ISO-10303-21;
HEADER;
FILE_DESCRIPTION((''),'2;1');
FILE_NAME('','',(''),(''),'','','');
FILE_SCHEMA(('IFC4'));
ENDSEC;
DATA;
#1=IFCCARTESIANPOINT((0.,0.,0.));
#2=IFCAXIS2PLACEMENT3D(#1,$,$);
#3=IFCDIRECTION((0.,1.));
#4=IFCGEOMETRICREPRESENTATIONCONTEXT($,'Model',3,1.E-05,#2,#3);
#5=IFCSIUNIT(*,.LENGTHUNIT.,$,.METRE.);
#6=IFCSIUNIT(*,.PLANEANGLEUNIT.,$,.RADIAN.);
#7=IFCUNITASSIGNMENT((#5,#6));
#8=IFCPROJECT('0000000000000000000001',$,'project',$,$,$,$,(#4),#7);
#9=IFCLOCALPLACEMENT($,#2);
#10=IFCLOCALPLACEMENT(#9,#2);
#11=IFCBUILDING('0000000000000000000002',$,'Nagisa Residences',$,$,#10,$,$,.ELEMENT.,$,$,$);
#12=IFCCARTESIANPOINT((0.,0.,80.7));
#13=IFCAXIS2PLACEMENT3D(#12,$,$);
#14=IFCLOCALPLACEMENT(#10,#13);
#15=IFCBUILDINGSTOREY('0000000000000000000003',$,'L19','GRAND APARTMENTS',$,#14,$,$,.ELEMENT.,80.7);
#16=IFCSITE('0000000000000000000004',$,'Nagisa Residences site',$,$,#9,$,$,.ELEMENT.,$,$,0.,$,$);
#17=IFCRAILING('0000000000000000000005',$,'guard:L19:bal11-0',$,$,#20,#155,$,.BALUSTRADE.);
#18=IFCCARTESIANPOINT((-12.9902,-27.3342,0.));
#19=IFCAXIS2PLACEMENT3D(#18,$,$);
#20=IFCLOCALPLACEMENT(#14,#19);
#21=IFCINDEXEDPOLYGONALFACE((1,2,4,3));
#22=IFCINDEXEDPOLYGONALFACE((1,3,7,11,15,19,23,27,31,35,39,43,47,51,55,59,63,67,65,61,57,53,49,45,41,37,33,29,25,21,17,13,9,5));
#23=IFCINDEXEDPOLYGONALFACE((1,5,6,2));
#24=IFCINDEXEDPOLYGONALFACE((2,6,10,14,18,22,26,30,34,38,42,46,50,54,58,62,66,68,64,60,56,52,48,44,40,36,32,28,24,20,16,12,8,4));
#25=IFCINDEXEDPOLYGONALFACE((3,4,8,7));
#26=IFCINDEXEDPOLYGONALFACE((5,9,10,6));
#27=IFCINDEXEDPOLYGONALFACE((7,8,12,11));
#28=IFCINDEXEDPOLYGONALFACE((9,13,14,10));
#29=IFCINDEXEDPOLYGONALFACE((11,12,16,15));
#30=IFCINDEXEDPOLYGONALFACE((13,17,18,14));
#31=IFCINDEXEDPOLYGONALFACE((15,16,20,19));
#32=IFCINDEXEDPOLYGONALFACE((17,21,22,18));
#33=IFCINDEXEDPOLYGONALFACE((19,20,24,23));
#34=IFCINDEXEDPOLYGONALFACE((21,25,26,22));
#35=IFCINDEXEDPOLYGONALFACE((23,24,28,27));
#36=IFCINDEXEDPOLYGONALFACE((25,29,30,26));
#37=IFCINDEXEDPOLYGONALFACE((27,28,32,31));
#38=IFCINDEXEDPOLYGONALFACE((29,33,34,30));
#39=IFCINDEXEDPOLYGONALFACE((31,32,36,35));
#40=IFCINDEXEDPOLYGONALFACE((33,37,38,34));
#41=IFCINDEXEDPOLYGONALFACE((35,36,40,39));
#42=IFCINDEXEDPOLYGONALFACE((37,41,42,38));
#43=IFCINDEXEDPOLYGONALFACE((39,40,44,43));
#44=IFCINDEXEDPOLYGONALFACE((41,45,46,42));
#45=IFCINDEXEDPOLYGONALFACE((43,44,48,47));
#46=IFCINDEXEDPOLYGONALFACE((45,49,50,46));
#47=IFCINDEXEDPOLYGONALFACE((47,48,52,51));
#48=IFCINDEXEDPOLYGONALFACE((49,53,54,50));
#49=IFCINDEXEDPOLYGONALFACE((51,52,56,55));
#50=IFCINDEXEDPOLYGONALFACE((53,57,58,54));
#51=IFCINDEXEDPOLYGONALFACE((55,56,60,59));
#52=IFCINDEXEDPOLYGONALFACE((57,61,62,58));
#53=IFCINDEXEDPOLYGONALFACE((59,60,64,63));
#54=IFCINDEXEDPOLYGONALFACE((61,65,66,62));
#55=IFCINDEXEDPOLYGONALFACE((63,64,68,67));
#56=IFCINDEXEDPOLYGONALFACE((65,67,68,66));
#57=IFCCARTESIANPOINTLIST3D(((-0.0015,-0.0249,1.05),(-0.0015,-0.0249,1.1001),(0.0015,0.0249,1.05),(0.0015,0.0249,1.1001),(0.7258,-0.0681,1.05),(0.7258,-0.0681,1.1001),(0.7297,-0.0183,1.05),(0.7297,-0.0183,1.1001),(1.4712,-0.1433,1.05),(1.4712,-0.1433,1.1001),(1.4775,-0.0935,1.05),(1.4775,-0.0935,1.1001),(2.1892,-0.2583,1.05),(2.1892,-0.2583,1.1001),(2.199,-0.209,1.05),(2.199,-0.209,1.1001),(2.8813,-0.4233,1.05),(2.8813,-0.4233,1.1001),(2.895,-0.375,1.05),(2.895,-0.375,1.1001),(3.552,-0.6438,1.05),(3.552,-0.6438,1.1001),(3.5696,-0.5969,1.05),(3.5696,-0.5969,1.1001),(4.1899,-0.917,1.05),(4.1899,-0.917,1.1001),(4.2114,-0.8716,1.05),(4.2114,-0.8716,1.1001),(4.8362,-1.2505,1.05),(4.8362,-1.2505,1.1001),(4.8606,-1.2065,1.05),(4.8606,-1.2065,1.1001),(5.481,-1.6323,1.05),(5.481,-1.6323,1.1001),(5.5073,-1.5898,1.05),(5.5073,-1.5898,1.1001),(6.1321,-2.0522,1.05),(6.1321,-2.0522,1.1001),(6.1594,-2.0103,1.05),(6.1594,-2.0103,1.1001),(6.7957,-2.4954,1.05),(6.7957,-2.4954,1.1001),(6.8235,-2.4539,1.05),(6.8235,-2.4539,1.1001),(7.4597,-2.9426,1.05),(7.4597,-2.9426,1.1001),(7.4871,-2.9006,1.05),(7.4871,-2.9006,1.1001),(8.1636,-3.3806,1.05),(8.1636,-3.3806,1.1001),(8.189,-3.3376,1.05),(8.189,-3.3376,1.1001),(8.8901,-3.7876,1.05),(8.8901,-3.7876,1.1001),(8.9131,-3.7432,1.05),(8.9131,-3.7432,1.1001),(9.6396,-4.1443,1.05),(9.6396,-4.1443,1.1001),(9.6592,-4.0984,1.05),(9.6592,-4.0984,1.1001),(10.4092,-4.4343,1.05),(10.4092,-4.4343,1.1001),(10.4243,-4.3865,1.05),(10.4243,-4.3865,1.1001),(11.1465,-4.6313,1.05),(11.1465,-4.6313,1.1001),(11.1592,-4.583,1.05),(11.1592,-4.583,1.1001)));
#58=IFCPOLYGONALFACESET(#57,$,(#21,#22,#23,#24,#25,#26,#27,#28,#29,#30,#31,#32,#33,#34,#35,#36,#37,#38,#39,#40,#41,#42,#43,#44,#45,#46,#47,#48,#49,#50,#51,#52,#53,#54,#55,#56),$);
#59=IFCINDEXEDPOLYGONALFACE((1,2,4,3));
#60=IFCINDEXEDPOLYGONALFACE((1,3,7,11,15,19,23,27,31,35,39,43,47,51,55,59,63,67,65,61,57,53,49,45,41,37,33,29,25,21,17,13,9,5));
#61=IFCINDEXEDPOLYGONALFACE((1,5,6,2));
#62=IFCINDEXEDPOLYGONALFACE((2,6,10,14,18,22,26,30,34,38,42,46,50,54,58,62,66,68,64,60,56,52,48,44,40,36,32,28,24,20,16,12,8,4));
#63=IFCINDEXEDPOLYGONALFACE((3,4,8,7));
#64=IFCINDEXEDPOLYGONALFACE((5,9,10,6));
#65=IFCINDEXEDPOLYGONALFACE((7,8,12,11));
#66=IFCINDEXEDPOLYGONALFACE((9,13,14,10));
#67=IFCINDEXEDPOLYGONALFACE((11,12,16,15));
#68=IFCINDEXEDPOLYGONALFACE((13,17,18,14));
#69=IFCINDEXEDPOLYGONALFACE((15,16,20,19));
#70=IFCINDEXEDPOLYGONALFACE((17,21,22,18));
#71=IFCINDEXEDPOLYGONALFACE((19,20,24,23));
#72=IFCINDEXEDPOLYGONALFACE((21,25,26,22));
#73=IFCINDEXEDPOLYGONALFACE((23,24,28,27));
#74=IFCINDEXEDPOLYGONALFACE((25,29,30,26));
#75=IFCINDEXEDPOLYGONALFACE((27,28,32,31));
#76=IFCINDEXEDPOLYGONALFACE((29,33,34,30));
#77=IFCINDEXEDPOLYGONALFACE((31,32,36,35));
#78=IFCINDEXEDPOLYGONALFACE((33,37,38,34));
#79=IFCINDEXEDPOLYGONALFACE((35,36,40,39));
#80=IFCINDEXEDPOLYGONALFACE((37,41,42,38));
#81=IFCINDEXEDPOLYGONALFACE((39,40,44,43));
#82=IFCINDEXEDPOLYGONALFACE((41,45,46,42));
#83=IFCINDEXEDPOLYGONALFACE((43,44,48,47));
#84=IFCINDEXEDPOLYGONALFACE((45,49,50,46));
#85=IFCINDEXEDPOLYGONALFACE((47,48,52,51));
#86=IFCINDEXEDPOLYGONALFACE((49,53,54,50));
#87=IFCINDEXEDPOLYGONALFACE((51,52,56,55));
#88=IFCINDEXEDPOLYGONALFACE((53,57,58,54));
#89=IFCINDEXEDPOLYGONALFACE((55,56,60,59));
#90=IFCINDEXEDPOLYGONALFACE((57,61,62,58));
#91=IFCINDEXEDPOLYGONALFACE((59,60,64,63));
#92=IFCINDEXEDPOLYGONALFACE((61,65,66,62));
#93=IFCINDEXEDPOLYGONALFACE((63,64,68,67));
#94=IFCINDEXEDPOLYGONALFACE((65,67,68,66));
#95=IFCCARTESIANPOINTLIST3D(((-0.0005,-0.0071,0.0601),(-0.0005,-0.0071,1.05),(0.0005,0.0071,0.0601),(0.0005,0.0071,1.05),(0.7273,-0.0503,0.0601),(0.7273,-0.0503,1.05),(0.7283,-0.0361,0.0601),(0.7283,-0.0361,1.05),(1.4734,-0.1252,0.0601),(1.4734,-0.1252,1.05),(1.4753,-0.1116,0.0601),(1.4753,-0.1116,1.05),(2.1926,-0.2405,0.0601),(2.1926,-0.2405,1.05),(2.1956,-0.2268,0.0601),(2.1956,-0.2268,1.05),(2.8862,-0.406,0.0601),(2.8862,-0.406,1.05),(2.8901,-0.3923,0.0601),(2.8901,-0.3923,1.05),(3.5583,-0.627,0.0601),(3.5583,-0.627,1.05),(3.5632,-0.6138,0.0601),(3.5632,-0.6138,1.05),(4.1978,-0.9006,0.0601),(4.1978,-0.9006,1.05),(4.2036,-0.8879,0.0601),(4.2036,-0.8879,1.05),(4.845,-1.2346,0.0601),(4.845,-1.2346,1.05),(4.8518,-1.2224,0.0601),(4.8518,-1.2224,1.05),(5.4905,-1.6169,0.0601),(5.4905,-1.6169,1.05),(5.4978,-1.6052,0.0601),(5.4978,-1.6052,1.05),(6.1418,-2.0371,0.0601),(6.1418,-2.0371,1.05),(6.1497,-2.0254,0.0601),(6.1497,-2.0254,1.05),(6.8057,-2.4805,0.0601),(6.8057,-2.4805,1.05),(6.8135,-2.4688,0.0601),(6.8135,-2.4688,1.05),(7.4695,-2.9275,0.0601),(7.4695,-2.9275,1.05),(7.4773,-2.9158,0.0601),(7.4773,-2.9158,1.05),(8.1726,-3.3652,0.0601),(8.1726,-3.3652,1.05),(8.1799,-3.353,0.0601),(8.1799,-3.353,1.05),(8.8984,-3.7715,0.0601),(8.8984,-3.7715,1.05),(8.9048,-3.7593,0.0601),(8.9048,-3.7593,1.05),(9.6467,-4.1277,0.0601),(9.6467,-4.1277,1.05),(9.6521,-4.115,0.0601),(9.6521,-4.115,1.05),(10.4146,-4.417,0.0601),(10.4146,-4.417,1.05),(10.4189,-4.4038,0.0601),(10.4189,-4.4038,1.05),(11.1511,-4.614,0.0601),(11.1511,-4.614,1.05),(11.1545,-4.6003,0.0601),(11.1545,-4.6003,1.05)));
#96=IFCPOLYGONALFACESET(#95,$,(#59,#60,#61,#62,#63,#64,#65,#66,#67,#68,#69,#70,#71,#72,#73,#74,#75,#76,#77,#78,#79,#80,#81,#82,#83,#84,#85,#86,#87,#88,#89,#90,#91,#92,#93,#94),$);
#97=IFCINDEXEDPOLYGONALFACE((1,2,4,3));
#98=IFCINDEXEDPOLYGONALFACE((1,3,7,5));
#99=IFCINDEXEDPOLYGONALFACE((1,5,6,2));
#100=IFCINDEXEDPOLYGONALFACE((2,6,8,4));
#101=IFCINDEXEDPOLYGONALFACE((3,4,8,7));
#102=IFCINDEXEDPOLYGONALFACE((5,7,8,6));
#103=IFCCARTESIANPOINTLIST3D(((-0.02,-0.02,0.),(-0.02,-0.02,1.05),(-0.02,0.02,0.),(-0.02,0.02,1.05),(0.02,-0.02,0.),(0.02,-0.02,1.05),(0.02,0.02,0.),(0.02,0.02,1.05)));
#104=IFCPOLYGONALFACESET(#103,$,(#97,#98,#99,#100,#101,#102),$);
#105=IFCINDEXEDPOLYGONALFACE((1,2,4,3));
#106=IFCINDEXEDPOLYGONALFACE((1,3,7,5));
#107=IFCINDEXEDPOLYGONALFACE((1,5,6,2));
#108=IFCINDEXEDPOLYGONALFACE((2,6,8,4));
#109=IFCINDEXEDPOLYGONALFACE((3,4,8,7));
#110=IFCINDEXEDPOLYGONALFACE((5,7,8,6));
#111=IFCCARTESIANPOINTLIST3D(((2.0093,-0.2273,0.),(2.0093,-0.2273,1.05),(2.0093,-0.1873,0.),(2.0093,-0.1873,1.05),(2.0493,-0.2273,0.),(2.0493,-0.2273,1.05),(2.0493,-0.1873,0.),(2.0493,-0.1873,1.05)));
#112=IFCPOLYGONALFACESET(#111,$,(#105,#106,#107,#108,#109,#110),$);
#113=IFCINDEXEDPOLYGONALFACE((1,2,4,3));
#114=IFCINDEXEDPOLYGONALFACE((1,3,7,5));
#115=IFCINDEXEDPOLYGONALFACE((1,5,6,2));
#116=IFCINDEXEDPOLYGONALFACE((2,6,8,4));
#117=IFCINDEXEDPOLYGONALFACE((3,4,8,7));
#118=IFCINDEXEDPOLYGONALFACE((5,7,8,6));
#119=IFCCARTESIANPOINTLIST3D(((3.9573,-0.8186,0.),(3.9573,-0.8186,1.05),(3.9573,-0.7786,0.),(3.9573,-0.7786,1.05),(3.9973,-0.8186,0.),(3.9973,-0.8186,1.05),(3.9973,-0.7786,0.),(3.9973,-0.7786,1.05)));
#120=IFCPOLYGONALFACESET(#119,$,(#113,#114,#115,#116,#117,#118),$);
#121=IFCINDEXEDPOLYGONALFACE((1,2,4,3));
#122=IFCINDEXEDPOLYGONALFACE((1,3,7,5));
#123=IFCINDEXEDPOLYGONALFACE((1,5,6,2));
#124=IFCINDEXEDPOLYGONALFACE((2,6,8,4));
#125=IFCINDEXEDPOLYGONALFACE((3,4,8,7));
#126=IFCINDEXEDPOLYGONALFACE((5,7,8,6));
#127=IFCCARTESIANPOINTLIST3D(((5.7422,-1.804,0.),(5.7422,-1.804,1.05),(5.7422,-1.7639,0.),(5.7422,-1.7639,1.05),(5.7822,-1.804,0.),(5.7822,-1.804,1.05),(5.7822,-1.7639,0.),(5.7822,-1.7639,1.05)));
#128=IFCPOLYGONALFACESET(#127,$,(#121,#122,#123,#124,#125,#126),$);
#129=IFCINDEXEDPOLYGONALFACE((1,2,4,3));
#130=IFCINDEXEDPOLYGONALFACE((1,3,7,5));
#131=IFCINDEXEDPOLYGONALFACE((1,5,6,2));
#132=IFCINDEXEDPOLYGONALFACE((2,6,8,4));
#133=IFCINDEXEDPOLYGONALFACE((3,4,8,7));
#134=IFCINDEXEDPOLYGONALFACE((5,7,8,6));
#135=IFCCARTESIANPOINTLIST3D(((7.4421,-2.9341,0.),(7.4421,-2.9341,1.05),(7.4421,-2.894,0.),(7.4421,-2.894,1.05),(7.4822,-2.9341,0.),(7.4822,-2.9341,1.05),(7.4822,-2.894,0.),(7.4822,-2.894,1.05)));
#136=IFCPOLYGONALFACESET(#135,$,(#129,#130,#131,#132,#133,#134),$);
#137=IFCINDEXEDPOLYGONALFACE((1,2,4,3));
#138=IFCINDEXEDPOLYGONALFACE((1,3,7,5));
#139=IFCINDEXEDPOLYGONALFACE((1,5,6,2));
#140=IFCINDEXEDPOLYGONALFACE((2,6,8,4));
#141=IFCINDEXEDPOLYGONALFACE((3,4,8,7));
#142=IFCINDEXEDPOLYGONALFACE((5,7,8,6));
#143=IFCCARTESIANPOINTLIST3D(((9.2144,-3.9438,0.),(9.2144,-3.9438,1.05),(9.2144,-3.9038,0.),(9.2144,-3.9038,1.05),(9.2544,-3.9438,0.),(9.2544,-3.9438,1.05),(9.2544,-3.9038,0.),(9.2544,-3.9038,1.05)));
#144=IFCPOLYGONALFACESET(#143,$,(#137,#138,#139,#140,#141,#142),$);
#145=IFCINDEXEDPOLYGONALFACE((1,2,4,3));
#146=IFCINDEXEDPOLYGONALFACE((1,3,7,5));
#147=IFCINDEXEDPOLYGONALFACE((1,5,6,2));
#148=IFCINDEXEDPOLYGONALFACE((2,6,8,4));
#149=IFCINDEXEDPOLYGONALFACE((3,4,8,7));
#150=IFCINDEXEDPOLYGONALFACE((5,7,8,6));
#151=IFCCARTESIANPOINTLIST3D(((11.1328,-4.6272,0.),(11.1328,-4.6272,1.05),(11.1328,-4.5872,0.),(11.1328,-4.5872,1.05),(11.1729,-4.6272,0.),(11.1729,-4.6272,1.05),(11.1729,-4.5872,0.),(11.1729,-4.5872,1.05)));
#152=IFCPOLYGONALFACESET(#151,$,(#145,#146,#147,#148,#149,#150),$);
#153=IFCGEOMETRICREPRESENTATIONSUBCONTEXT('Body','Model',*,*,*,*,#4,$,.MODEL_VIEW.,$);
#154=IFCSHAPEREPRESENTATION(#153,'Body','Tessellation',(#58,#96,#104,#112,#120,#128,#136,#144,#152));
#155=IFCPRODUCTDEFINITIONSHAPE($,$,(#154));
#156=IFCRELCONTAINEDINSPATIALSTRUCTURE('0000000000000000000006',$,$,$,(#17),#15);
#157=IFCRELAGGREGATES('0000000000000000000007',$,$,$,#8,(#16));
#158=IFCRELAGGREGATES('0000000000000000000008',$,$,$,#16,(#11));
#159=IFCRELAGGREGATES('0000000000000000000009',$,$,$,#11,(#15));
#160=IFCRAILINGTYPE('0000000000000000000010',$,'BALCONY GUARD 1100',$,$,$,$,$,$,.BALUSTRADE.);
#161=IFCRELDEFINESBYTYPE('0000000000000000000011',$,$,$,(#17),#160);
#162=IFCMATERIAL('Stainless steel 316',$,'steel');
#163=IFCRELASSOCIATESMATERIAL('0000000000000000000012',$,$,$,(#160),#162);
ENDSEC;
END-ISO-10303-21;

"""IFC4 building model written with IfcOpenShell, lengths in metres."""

from ifc_helpers import new_model, si_unit, direction, frame, origin, origin_2d, place, context, subcontext, project, spatial, polyline, rectangle, outline, extrude, material, type_object, element, save


model = new_model("IFC4")

# Units and contexts
model_context = context("Model", 3, precision=1e-05, world=origin(), true_north=direction((0.0, 1.0)))
body_context = subcontext(model_context, "Body", "Model", "MODEL_VIEW")
ifc_project = project(units=[si_unit("LENGTHUNIT", "METRE"), si_unit("PLANEANGLEUNIT", "RADIAN")], contexts=[model_context])

# Site, building, storey
site_placement = place(None, origin())
site = spatial("IfcSite", under=ifc_project, at=site_placement, Name="Nagisa Residences site", CompositionType="ELEMENT", RefElevation=0.0)
building_placement = place(site_placement, origin())
building = spatial("IfcBuilding", under=site, at=building_placement, Name="Nagisa Residences", CompositionType="ELEMENT")
storey_placement = place(building_placement, frame((0.0, 0.0, 80.7)))
storey = spatial("IfcBuildingStorey", under=building, at=storey_placement, Name="L19", Description="GRAND APARTMENTS", CompositionType="ELEMENT", Elevation=80.7)

# Railing
ifc_material_1 = material(Name="Stainless steel 316", Category="steel")
railing_type = type_object("IfcRailingType", Name="BALCONY GUARD 1100", PredefinedType="BALUSTRADE", material=ifc_material_1)
railing_1_placement = place(storey_placement, frame((-12.9902, -27.3342, 0.0)))
element("IfcRailing", 1, at=railing_1_placement, inside=storey, type_object=railing_type, Name="guard:L19:bal11-0", PredefinedType="BALUSTRADE", context=body_context, shape_type="SweptSolid", body=[
    extrude(outline(polyline([(0.7297, -0.0183), (0.0015, 0.0249), (-0.0015, -0.0249), (0.7258, -0.0681), (1.4712, -0.1433), (2.1892, -0.2583), (2.8813, -0.4233), (3.552, -0.6438), (4.1899, -0.917), (4.8362, -1.2505), (5.481, -1.6323), (6.1321, -2.0522), (6.7957, -2.4954), (7.4597, -2.9426), (8.1636, -3.3806), (8.8901, -3.7876), (9.6396, -4.1443), (10.4092, -4.4343), (11.1465, -4.6313), (11.1592, -4.583), (10.4243, -4.3865), (9.6592, -4.0984), (8.9131, -3.7432), (8.189, -3.3376), (7.4871, -2.9006), (6.8235, -2.4539), (6.1594, -2.0103), (5.5073, -1.5898), (4.8606, -1.2065), (4.2114, -0.8716), (3.5696, -0.5969), (2.895, -0.375), (2.199, -0.209), (1.4775, -0.0935), (0.7297, -0.0183)])), frame((0.0, 0.0, 1.05)), (0.0, 0.0, 1.0), 0.05),
    extrude(outline(polyline([(0.7283, -0.0361), (0.0005, 0.0071), (-0.0005, -0.0071), (0.7273, -0.0503), (1.4734, -0.1252), (2.1926, -0.2405), (2.8862, -0.406), (3.5583, -0.627), (4.1978, -0.9006), (4.845, -1.2346), (5.4905, -1.6169), (6.1418, -2.0371), (6.8057, -2.4805), (7.4695, -2.9275), (8.1726, -3.3652), (8.8984, -3.7715), (9.6467, -4.1277), (10.4146, -4.417), (11.1511, -4.614), (11.1545, -4.6003), (10.4189, -4.4038), (9.6521, -4.115), (8.9048, -3.7593), (8.1799, -3.353), (7.4773, -2.9158), (6.8135, -2.4688), (6.1497, -2.0254), (5.4978, -1.6052), (4.8518, -1.2224), (4.2036, -0.8879), (3.5632, -0.6138), (2.8901, -0.3923), (2.1956, -0.2268), (1.4753, -0.1116), (0.7283, -0.0361)])), frame((0.0, 0.0, 0.0601)), (0.0, 0.0, 1.0), 0.99),
    extrude(rectangle(XDim=0.04, YDim=0.04, at=origin_2d()), origin(), (0.0, 0.0, 1.0), 1.05),
    extrude(rectangle(XDim=0.04, YDim=0.04, at=origin_2d()), frame((2.0293, -0.2073, 0.0)), (0.0, 0.0, 1.0), 1.05),
    extrude(rectangle(XDim=0.04, YDim=0.04, at=origin_2d()), frame((3.9773, -0.7986, 0.0)), (0.0, 0.0, 1.0), 1.05),
    extrude(rectangle(XDim=0.04, YDim=0.04, at=origin_2d()), frame((5.7622, -1.7839, 0.0)), (0.0, 0.0, 1.0), 1.05),
    extrude(rectangle(XDim=0.04, YDim=0.04, at=origin_2d()), frame((7.4622, -2.9141, 0.0)), (0.0, 0.0, 1.0), 1.05),
    extrude(rectangle(XDim=0.04, YDim=0.04, at=origin_2d()), frame((9.2344, -3.9238, 0.0)), (0.0, 0.0, 1.0), 1.05),
    extrude(rectangle(XDim=0.04, YDim=0.04, at=origin_2d()), frame((11.1528, -4.6072, 0.0)), (0.0, 0.0, 1.0), 1.05),
])

save(model, "model.ifc")
